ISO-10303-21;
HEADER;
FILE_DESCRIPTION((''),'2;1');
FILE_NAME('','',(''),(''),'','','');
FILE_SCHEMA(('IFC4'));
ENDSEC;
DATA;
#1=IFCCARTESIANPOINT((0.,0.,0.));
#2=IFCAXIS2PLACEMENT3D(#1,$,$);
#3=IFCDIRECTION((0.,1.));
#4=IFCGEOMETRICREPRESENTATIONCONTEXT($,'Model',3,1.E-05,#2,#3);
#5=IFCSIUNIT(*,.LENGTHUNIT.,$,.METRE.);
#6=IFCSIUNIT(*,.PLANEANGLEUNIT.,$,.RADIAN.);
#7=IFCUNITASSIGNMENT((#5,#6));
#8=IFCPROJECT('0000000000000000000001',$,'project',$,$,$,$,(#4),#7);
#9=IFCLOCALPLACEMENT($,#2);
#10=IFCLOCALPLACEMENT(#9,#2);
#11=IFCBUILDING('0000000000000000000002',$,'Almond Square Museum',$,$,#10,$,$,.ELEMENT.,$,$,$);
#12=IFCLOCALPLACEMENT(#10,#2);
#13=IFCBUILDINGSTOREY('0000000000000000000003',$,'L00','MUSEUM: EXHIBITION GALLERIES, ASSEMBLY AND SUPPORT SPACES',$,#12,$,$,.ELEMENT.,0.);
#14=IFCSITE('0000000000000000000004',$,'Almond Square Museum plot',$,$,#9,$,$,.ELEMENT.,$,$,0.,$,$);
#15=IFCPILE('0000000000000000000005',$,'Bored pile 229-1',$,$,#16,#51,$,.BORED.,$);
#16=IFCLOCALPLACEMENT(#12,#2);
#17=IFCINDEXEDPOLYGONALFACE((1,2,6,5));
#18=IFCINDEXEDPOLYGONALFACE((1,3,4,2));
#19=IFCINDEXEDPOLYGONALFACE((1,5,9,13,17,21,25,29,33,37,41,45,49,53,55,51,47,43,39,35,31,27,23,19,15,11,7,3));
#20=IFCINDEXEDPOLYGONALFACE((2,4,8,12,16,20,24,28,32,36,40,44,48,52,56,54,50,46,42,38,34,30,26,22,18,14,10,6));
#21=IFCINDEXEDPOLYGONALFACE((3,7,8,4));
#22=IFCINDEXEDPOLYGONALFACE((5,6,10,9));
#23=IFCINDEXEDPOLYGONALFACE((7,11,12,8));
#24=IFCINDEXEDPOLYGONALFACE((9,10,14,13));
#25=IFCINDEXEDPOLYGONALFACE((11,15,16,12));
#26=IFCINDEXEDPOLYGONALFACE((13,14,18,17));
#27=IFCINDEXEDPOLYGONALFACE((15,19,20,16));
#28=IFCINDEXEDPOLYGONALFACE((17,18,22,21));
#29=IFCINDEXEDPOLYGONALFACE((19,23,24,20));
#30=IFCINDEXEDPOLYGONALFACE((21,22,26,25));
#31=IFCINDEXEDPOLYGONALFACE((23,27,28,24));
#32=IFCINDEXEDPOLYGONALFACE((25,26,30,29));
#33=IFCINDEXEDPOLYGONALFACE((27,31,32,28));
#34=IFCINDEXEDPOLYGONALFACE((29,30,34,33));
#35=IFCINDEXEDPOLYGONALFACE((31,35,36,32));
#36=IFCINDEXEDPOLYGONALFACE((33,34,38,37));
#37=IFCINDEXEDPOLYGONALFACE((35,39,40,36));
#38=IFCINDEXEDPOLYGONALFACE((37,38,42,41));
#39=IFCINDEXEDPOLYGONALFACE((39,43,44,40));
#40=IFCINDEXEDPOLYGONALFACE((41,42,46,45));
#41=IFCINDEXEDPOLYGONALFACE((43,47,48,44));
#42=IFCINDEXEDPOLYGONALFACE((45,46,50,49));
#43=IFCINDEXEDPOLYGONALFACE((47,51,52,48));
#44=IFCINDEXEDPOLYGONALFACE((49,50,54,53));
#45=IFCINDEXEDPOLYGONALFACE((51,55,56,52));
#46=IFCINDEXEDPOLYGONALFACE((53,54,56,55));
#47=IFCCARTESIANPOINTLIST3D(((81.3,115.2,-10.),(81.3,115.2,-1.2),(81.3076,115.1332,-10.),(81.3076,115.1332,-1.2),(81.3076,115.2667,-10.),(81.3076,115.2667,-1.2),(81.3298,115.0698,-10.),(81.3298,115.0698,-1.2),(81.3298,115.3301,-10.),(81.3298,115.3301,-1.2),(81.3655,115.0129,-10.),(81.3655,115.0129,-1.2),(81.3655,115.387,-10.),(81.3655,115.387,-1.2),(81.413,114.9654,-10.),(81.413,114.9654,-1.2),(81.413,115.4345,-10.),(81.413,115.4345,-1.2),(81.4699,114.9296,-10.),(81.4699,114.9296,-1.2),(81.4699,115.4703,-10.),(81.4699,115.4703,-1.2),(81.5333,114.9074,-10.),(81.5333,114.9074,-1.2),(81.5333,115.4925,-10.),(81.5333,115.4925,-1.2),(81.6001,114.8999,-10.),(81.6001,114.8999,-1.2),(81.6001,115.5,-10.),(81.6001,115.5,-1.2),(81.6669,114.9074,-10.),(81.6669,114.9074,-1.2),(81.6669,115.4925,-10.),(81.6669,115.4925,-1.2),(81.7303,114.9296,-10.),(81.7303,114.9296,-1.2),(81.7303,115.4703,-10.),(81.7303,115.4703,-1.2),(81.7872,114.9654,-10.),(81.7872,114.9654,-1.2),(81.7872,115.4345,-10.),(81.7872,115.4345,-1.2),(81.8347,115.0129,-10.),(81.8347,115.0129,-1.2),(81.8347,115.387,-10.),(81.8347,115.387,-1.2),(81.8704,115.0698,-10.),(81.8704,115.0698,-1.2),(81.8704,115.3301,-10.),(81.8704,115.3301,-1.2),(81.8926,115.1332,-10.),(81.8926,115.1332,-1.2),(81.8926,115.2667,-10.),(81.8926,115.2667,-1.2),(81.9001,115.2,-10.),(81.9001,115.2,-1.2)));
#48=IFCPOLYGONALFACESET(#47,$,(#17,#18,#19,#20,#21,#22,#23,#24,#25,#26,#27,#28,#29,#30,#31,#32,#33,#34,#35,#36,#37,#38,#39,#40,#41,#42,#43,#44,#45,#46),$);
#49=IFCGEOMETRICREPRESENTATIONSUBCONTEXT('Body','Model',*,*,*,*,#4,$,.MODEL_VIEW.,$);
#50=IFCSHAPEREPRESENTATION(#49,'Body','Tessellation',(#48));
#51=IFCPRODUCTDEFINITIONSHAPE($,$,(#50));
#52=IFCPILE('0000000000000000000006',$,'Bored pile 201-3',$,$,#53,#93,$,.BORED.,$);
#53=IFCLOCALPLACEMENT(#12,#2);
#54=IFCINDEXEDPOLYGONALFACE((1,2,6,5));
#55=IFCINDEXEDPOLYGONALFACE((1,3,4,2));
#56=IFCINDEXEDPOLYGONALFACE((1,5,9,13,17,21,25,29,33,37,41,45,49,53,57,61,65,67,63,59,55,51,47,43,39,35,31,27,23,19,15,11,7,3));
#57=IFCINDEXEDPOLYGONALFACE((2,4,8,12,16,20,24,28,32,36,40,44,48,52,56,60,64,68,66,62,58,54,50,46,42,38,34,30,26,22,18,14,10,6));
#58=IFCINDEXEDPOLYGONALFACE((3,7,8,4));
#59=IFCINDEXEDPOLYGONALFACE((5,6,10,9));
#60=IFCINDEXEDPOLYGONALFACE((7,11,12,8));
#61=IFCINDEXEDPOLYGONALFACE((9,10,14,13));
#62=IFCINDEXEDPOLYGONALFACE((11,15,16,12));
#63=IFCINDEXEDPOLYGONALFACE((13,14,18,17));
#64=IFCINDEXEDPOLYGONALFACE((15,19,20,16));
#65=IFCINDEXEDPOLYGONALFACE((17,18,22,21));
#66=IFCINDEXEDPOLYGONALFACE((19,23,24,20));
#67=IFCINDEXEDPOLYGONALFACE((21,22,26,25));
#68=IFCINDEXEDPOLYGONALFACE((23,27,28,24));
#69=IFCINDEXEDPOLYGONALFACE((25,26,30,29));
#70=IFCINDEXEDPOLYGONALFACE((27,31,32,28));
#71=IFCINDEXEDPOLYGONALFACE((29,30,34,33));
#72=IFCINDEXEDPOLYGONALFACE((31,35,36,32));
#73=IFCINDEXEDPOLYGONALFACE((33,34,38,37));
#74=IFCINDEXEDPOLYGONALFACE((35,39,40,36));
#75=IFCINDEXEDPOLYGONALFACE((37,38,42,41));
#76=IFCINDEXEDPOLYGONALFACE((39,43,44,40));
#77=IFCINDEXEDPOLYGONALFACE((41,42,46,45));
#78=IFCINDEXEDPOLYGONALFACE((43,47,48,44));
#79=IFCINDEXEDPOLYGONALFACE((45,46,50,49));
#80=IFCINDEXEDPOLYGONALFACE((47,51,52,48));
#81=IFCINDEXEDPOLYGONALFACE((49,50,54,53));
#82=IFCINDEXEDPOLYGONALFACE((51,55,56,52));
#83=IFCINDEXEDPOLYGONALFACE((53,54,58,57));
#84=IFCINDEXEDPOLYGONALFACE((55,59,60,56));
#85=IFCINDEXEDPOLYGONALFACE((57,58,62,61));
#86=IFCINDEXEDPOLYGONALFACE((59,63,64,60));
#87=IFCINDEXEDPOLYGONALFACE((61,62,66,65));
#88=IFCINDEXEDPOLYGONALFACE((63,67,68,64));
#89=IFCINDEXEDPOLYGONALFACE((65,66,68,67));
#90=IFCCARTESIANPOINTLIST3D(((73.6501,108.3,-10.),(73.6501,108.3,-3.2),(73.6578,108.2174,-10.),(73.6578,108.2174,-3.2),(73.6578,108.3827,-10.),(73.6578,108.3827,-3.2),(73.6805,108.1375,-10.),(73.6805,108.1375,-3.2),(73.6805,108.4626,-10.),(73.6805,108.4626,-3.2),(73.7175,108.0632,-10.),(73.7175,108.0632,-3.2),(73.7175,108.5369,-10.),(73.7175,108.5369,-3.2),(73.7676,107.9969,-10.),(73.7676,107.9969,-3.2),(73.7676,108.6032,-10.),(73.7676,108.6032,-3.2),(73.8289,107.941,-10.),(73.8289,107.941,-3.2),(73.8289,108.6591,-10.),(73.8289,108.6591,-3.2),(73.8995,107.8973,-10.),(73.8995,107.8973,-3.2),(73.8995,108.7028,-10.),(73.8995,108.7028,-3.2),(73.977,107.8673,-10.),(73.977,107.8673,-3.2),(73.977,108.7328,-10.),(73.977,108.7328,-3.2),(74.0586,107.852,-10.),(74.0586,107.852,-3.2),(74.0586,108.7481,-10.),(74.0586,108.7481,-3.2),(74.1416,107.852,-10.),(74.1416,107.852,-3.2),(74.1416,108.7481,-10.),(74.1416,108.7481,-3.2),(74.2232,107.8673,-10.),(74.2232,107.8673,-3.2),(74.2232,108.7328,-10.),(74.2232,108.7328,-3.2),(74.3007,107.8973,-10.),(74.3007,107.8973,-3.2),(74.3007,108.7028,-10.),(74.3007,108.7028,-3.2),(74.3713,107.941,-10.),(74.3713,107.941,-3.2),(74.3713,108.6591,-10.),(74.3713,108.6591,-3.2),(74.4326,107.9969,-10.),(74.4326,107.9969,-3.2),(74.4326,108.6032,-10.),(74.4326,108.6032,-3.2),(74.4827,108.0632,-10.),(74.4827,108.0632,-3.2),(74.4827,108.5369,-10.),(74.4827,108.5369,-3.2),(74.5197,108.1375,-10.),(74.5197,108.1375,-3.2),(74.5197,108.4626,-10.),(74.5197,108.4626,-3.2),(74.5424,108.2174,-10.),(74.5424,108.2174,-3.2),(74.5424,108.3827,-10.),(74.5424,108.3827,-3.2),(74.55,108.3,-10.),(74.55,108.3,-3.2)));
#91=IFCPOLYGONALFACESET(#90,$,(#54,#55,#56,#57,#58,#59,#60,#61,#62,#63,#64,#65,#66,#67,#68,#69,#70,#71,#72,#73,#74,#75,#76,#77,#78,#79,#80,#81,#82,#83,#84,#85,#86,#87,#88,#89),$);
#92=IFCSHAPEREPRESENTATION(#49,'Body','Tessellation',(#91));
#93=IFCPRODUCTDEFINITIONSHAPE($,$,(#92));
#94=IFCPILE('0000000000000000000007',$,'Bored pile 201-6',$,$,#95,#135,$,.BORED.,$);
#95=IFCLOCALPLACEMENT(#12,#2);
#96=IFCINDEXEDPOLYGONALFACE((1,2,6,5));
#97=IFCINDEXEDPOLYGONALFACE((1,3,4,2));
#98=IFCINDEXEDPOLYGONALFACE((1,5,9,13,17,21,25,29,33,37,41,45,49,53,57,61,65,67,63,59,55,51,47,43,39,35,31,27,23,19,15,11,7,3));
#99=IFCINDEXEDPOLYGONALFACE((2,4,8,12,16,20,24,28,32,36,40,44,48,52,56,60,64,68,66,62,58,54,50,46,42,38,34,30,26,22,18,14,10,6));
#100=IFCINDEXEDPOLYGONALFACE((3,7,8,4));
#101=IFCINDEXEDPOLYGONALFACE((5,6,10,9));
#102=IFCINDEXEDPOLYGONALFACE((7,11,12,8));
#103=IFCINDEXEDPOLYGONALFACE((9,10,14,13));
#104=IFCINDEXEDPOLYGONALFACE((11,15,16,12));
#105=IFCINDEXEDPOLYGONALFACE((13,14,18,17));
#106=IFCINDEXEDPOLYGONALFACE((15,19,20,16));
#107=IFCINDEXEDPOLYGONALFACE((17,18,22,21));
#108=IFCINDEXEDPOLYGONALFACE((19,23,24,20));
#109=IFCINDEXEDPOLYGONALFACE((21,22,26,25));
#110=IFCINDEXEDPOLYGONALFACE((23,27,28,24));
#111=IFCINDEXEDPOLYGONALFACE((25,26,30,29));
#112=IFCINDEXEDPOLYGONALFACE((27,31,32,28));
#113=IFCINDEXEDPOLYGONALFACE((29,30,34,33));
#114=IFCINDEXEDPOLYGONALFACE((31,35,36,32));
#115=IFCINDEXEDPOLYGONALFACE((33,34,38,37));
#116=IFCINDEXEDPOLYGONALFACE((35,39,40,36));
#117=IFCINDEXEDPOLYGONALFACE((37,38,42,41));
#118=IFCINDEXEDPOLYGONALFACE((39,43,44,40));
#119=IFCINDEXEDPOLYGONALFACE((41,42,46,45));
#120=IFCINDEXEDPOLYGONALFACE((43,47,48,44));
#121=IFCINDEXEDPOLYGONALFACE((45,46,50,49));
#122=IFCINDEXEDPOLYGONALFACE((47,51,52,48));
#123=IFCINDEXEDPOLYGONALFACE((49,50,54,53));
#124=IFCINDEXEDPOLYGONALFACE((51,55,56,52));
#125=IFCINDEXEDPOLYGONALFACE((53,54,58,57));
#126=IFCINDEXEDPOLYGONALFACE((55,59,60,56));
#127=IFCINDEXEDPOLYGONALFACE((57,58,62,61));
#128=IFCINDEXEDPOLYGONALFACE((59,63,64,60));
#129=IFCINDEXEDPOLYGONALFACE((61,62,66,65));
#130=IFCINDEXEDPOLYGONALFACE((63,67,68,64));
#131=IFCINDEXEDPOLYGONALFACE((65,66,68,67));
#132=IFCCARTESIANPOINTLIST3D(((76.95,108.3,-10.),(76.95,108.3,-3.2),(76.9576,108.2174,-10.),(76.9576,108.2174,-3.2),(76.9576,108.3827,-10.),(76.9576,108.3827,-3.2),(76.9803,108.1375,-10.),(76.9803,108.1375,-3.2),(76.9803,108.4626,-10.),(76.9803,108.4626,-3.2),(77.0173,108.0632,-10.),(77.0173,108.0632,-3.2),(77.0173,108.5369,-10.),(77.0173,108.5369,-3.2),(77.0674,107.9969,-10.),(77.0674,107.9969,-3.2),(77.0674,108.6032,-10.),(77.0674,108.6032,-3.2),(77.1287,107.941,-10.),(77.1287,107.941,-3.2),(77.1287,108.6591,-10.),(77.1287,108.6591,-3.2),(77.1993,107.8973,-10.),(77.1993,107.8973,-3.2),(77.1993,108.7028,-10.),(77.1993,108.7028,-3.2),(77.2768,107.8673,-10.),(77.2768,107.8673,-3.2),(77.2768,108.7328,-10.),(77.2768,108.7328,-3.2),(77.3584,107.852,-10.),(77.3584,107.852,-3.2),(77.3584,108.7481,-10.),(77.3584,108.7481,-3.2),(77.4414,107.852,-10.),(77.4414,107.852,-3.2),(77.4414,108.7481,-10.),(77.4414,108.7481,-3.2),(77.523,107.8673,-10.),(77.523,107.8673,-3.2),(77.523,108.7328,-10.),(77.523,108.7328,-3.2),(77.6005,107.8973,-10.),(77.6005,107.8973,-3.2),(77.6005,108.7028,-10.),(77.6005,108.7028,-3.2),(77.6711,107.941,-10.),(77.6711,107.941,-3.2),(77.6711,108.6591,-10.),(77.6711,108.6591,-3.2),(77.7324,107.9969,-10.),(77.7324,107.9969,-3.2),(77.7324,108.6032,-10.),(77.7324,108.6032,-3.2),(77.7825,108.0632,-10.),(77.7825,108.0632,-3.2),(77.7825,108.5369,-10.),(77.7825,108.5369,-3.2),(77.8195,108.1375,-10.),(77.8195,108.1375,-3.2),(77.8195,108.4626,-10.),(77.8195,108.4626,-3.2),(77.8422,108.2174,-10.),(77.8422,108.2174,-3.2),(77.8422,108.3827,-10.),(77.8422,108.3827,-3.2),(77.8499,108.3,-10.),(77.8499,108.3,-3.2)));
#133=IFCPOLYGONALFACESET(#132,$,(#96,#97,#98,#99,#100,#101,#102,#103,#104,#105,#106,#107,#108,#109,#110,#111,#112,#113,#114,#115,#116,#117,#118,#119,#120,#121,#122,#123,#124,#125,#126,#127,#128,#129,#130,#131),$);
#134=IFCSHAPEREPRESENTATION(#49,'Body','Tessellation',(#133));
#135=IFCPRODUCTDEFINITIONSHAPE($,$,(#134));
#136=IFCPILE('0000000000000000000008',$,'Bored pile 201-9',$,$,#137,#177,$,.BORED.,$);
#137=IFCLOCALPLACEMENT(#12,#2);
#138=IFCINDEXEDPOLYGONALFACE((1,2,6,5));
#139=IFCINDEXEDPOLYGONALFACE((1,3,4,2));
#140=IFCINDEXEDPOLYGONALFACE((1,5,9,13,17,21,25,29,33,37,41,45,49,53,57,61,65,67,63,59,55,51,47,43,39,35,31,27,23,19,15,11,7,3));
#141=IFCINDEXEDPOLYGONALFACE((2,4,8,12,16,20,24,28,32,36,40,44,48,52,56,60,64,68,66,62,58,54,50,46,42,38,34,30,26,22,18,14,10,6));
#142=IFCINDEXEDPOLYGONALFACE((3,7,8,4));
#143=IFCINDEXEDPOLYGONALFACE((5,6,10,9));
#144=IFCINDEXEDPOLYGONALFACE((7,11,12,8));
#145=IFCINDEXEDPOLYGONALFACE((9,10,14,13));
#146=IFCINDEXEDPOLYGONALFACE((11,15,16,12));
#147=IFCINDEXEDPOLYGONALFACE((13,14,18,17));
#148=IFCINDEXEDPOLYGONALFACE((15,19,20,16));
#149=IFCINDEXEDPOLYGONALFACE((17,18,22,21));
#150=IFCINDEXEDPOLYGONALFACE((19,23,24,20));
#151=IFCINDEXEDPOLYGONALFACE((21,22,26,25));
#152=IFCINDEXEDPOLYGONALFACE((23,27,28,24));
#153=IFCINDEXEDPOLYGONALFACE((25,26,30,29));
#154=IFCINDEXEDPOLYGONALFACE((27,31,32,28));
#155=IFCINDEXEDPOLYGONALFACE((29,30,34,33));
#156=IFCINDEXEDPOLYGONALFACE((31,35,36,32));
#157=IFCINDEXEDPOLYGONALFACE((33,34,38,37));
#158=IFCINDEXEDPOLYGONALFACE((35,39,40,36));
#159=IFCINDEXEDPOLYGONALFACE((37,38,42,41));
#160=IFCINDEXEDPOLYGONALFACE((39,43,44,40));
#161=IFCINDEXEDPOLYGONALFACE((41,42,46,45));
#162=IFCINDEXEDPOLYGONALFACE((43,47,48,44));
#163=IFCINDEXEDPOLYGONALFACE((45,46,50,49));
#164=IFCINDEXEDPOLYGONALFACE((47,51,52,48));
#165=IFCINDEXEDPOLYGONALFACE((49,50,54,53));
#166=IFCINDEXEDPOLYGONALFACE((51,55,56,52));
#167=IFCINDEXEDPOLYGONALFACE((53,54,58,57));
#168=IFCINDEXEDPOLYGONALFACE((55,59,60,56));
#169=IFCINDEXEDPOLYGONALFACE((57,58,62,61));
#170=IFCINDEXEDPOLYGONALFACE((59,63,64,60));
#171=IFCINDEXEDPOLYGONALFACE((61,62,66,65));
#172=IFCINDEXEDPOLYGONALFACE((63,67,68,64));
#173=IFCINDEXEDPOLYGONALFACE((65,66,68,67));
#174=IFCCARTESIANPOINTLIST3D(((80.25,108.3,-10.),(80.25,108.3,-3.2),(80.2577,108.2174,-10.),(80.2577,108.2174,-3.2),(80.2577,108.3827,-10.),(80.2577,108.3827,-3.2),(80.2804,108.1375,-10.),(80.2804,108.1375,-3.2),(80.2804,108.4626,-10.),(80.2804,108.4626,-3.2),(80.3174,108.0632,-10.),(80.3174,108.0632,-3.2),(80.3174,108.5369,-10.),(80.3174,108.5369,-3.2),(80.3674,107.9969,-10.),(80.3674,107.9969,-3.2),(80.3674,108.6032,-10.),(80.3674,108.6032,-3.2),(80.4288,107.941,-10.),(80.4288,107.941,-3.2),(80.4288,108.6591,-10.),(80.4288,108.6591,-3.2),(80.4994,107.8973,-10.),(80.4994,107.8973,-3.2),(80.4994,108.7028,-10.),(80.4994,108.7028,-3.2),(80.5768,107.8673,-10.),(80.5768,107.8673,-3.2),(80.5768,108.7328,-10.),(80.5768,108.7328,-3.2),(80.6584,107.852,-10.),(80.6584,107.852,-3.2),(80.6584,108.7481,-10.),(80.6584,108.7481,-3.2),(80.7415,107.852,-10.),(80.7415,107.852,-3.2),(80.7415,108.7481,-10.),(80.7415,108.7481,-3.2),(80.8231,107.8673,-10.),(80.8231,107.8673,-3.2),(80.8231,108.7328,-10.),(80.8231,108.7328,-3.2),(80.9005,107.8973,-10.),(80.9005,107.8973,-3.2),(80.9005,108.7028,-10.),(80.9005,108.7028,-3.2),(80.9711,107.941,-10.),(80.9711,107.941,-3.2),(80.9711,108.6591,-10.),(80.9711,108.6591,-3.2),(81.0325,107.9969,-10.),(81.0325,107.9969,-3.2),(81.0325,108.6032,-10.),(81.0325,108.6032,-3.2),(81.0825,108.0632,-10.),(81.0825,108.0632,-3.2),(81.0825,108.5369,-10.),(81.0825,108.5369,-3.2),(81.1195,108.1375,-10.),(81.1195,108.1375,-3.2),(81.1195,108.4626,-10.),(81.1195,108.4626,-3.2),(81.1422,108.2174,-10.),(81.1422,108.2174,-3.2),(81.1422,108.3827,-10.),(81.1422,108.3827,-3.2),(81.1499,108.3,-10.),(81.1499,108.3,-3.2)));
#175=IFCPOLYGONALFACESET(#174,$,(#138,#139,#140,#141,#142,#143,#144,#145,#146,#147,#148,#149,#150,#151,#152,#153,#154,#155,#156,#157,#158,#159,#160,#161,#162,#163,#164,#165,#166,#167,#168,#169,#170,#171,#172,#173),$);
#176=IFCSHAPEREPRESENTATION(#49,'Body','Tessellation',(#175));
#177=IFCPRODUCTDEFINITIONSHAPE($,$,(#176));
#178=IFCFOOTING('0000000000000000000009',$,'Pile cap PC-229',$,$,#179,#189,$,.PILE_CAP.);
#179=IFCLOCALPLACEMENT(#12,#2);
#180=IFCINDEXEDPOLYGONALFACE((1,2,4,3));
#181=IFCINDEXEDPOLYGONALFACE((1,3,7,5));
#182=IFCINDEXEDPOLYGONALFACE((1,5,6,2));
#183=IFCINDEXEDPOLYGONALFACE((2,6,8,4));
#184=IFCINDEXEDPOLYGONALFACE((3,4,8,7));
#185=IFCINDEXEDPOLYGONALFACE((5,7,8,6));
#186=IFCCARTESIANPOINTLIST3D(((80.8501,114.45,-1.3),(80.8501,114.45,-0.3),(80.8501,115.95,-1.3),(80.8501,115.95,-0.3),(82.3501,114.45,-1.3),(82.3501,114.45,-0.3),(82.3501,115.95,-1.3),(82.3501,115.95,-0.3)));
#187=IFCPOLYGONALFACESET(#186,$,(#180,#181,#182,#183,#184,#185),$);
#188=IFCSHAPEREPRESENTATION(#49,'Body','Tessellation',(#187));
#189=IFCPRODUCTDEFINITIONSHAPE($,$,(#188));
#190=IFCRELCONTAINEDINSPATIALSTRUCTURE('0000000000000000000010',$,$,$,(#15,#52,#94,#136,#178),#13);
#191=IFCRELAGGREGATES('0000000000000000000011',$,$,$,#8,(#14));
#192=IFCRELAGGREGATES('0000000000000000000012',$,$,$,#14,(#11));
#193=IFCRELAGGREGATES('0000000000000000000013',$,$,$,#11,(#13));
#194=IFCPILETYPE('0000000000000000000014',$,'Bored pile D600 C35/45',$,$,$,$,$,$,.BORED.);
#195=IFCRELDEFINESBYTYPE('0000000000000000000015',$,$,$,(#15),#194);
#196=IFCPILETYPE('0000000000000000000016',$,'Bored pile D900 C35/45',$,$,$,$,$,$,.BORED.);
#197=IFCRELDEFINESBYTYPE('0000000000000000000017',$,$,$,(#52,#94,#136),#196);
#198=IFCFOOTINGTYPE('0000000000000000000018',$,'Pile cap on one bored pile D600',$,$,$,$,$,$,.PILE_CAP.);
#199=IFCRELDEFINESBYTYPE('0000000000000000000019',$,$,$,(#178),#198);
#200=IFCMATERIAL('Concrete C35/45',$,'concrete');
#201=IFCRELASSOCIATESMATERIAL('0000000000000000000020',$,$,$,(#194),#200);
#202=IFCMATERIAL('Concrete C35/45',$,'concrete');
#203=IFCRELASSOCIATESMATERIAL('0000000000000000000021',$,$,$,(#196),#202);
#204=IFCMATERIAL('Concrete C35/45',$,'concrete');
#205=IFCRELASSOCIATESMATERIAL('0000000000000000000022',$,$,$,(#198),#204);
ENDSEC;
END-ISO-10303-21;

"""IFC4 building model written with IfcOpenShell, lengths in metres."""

from ifc_helpers import new_model, si_unit, direction, frame, origin, origin_2d, place, context, subcontext, project, spatial, rectangle, circle, extrude, material, material_profile, profile_set, type_object, element, save


model = new_model("IFC4")

# Units and contexts
model_context = context("Model", 3, precision=1e-05, world=origin(), true_north=direction((0.0, 1.0)))
body_context = subcontext(model_context, "Body", "Model", "MODEL_VIEW")
ifc_project = project(units=[si_unit("LENGTHUNIT", "METRE"), si_unit("PLANEANGLEUNIT", "RADIAN")], contexts=[model_context])

# Site, building, storey
site_placement = place(None, origin())
site = spatial("IfcSite", under=ifc_project, at=site_placement, Name="Almond Square Museum plot", CompositionType="ELEMENT", RefElevation=0.0)
building_placement = place(site_placement, origin())
building = spatial("IfcBuilding", under=site, at=building_placement, Name="Almond Square Museum", CompositionType="ELEMENT")
storey_placement = place(building_placement, origin())
storey = spatial("IfcBuildingStorey", under=building, at=storey_placement, Name="L00", Description="MUSEUM: EXHIBITION GALLERIES, ASSEMBLY AND SUPPORT SPACES", CompositionType="ELEMENT", Elevation=0.0)

# Piles
ifc_material_1 = material(Name="Concrete C35/45", Category="concrete")
ifc_material_profile_1 = material_profile(ifc_material_1, circle(Radius=0.3, at=origin_2d()))
ifc_profile_set_1 = profile_set([ifc_material_profile_1], Name="Concrete C35/45")
pile_type_1 = type_object("IfcPileType", Name="Bored pile D600 C35/45", PredefinedType="BORED", material=ifc_profile_set_1)
pile_placement = place(storey_placement, frame((81.6001, 115.2, -1.2), z_axis=(0.0, 0.0, -1.0), x_axis=(1.0, 0.0, 0.0)))
element("IfcPile", 1, at=pile_placement, inside=storey, type_object=pile_type_1, Name="Bored pile 229-1", PredefinedType="BORED", context=body_context, shape_type="SweptSolid", body=[
    extrude(circle(Radius=0.3, at=origin_2d()), origin(), (0.0, 0.0, 1.0), 8.8),
])
ifc_material_2 = material(Name="Concrete C35/45", Category="concrete")
ifc_material_profile_2 = material_profile(ifc_material_2, circle(Radius=0.45, at=origin_2d()))
ifc_profile_set_2 = profile_set([ifc_material_profile_2], Name="Concrete C35/45")
pile_type_2 = type_object("IfcPileType", Name="Bored pile D900 C35/45", PredefinedType="BORED", material=ifc_profile_set_2)
for number, where, z_axis, x_axis, name in (
    (2, (74.1001, 108.3, -3.2), (0.0, 0.0, -1.0), (1.0, 0.0, 0.0), "Bored pile 201-3"),
    (3, (77.3999, 108.3, -3.2), (0.0, 0.0, -1.0), (1.0, 0.0, 0.0), "Bored pile 201-6"),
    (4, (80.7, 108.3, -3.2), (0.0, 0.0, -1.0), (1.0, 0.0, 0.0), "Bored pile 201-9"),
):
    element("IfcPile", number, at=place(storey_placement, frame(where, z_axis=z_axis, x_axis=x_axis)), inside=storey, type_object=pile_type_2, Name=name, PredefinedType="BORED", context=body_context, shape_type="SweptSolid", body=[
        extrude(circle(Radius=0.45, at=origin_2d()), origin(), (0.0, 0.0, 1.0), 6.8),
    ])

# Footing
ifc_material_3 = material(Name="Concrete C35/45", Category="concrete")
footing_type = type_object("IfcFootingType", Name="Pile cap on one bored pile D600", PredefinedType="PILE_CAP", material=ifc_material_3)
footing_placement = place(storey_placement, frame((81.6001, 115.2, -1.3), z_axis=(0.0, 0.0, 1.0), x_axis=(1.0, 0.0, 0.0)))
element("IfcFooting", 5, at=footing_placement, inside=storey, type_object=footing_type, Name="Pile cap PC-229", PredefinedType="PILE_CAP", context=body_context, shape_type="SweptSolid", body=[
    extrude(rectangle(XDim=1.5, YDim=1.5, at=origin_2d()), origin(), (0.0, 0.0, 1.0), 1.0),
])

save(model, "model.ifc")
